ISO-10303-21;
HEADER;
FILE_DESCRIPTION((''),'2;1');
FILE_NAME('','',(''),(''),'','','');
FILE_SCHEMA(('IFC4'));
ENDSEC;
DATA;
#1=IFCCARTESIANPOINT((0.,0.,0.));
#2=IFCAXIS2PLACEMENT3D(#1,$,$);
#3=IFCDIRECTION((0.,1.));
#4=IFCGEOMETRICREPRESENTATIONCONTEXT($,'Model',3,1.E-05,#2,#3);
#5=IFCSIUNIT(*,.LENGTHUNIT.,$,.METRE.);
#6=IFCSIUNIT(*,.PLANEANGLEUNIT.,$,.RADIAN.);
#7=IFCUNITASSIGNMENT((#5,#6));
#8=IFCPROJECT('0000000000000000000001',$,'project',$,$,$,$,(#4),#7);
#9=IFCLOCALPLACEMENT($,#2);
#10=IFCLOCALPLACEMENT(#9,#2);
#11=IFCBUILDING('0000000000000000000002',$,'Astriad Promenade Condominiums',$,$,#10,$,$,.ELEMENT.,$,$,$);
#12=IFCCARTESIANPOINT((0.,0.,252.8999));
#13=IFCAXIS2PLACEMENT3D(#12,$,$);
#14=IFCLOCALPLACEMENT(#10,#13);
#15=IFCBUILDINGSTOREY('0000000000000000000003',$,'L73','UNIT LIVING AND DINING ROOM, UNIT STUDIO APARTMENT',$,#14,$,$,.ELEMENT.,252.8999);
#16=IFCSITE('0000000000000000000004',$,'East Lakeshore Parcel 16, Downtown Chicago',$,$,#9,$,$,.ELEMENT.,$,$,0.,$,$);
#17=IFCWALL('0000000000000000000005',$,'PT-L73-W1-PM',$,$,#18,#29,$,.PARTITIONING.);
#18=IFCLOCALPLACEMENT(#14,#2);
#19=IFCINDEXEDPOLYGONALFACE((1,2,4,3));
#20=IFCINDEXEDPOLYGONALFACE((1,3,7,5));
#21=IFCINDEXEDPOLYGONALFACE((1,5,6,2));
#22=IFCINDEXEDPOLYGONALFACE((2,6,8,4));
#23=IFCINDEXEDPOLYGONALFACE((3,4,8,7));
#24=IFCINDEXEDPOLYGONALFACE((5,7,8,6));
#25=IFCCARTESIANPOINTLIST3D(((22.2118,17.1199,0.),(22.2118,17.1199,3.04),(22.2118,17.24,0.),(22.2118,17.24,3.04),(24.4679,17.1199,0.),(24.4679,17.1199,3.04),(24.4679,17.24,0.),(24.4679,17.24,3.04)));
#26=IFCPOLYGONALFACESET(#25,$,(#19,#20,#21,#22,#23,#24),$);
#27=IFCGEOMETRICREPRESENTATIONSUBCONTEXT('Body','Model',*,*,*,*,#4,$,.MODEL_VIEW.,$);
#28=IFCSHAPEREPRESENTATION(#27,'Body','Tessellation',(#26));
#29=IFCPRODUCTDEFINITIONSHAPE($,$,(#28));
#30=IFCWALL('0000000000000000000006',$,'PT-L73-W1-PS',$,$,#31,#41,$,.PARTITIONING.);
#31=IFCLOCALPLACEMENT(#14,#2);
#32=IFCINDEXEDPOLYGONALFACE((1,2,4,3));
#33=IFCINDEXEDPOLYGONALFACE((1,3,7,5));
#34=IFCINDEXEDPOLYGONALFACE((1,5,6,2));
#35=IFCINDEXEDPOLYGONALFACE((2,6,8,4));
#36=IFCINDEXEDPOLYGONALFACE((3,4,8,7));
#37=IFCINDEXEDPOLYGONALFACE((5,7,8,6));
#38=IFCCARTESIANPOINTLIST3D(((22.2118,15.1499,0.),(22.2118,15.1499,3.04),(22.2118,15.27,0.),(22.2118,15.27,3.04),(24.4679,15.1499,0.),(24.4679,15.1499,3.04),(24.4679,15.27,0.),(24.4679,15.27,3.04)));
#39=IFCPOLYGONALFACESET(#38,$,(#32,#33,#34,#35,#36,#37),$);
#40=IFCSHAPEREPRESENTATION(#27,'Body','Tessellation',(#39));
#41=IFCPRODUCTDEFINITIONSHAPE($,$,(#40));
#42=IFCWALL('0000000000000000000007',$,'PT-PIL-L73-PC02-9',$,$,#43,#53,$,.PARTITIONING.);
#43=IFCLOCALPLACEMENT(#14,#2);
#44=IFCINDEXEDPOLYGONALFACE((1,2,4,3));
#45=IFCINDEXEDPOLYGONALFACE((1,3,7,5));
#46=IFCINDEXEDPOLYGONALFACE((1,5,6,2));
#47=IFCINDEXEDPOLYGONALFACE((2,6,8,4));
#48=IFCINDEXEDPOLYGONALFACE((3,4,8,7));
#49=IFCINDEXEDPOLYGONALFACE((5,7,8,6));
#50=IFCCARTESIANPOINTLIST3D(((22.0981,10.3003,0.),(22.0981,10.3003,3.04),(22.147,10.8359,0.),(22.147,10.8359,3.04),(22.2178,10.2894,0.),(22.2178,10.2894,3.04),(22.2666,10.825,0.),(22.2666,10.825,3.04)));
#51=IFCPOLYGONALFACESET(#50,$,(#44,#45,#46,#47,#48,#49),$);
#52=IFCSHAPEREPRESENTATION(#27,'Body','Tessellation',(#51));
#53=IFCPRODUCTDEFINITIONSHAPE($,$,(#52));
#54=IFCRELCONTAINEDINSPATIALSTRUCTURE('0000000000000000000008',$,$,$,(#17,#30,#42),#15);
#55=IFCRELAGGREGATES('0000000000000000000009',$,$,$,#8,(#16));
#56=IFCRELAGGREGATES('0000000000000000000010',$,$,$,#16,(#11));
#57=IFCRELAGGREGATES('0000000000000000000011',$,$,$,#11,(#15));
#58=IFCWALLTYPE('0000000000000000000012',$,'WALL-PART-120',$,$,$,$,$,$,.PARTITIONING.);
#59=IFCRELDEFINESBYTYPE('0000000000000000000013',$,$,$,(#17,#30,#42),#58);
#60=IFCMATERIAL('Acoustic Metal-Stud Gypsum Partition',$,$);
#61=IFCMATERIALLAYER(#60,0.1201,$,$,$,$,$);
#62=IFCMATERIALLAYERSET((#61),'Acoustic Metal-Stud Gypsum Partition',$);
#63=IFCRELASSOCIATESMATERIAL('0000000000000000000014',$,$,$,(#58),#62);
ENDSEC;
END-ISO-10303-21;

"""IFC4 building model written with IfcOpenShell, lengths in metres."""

from ifc_helpers import new_model, si_unit, direction, frame, frame_2d, origin, place, context, subcontext, project, spatial, rectangle, extrude, material, layer, layer_set, type_object, element, save


model = new_model("IFC4")

# Units and contexts
model_context = context("Model", 3, precision=1e-05, world=origin(), true_north=direction((0.0, 1.0)))
body_context = subcontext(model_context, "Body", "Model", "MODEL_VIEW")
ifc_project = project(units=[si_unit("LENGTHUNIT", "METRE"), si_unit("PLANEANGLEUNIT", "RADIAN")], contexts=[model_context])

# Site, building, storey
site_placement = place(None, origin())
site = spatial("IfcSite", under=ifc_project, at=site_placement, Name="East Lakeshore Parcel 16, Downtown Chicago", CompositionType="ELEMENT", RefElevation=0.0)
building_placement = place(site_placement, origin())
building = spatial("IfcBuilding", under=site, at=building_placement, Name="Astriad Promenade Condominiums", CompositionType="ELEMENT")
storey_placement = place(building_placement, frame((0.0, 0.0, 252.8999)))
storey = spatial("IfcBuildingStorey", under=building, at=storey_placement, Name="L73", Description="UNIT LIVING AND DINING ROOM, UNIT STUDIO APARTMENT", CompositionType="ELEMENT", Elevation=252.8999)

# Shared definitions
ifc_material_1 = material(Name="Acoustic Metal-Stud Gypsum Partition")
ifc_layer_1 = layer(ifc_material_1, 0.1201)
ifc_layer_set_1 = layer_set([ifc_layer_1], Name="Acoustic Metal-Stud Gypsum Partition")
wall_type_1 = type_object("IfcWallType", Name="WALL-PART-120", PredefinedType="PARTITIONING", material=ifc_layer_set_1)

# Walls
for number, where, z_axis, x_axis, name in (
    (1, (22.2119, 17.1799, 0.0), (0.0, 0.0, 1.0), (1.0, 0.0, 0.0), "PT-L73-W1-PM"),
    (2, (22.2119, 15.21, 0.0), (0.0, 0.0, 1.0), (1.0, 0.0, 0.0), "PT-L73-W1-PS"),
):
    element("IfcWall", number, at=place(storey_placement, frame(where, z_axis=z_axis, x_axis=x_axis)), inside=storey, type_object=wall_type_1, Name=name, PredefinedType="PARTITIONING", context=body_context, shape_type="SweptSolid", body=[
        extrude(rectangle(XDim=2.2561, YDim=0.1201, at=frame_2d((1.1279, 0.0))), origin(), (0.0, 0.0, 1.0), 3.04),
    ])
wall_1_placement = place(storey_placement, frame((22.2068, 10.8306, 0.0), z_axis=(0.0, 0.0, 1.0), x_axis=(-0.090781, -0.995871, 0.0)))
element("IfcWall", 3, at=wall_1_placement, inside=storey, type_object=wall_type_1, Name="PT-PIL-L73-PC02-9", PredefinedType="PARTITIONING", context=body_context, shape_type="SweptSolid", body=[
    extrude(rectangle(XDim=0.5378, YDim=0.1201, at=frame_2d((0.269, 0.0))), origin(), (0.0, 0.0, 1.0), 3.04),
])

save(model, "model.ifc")
